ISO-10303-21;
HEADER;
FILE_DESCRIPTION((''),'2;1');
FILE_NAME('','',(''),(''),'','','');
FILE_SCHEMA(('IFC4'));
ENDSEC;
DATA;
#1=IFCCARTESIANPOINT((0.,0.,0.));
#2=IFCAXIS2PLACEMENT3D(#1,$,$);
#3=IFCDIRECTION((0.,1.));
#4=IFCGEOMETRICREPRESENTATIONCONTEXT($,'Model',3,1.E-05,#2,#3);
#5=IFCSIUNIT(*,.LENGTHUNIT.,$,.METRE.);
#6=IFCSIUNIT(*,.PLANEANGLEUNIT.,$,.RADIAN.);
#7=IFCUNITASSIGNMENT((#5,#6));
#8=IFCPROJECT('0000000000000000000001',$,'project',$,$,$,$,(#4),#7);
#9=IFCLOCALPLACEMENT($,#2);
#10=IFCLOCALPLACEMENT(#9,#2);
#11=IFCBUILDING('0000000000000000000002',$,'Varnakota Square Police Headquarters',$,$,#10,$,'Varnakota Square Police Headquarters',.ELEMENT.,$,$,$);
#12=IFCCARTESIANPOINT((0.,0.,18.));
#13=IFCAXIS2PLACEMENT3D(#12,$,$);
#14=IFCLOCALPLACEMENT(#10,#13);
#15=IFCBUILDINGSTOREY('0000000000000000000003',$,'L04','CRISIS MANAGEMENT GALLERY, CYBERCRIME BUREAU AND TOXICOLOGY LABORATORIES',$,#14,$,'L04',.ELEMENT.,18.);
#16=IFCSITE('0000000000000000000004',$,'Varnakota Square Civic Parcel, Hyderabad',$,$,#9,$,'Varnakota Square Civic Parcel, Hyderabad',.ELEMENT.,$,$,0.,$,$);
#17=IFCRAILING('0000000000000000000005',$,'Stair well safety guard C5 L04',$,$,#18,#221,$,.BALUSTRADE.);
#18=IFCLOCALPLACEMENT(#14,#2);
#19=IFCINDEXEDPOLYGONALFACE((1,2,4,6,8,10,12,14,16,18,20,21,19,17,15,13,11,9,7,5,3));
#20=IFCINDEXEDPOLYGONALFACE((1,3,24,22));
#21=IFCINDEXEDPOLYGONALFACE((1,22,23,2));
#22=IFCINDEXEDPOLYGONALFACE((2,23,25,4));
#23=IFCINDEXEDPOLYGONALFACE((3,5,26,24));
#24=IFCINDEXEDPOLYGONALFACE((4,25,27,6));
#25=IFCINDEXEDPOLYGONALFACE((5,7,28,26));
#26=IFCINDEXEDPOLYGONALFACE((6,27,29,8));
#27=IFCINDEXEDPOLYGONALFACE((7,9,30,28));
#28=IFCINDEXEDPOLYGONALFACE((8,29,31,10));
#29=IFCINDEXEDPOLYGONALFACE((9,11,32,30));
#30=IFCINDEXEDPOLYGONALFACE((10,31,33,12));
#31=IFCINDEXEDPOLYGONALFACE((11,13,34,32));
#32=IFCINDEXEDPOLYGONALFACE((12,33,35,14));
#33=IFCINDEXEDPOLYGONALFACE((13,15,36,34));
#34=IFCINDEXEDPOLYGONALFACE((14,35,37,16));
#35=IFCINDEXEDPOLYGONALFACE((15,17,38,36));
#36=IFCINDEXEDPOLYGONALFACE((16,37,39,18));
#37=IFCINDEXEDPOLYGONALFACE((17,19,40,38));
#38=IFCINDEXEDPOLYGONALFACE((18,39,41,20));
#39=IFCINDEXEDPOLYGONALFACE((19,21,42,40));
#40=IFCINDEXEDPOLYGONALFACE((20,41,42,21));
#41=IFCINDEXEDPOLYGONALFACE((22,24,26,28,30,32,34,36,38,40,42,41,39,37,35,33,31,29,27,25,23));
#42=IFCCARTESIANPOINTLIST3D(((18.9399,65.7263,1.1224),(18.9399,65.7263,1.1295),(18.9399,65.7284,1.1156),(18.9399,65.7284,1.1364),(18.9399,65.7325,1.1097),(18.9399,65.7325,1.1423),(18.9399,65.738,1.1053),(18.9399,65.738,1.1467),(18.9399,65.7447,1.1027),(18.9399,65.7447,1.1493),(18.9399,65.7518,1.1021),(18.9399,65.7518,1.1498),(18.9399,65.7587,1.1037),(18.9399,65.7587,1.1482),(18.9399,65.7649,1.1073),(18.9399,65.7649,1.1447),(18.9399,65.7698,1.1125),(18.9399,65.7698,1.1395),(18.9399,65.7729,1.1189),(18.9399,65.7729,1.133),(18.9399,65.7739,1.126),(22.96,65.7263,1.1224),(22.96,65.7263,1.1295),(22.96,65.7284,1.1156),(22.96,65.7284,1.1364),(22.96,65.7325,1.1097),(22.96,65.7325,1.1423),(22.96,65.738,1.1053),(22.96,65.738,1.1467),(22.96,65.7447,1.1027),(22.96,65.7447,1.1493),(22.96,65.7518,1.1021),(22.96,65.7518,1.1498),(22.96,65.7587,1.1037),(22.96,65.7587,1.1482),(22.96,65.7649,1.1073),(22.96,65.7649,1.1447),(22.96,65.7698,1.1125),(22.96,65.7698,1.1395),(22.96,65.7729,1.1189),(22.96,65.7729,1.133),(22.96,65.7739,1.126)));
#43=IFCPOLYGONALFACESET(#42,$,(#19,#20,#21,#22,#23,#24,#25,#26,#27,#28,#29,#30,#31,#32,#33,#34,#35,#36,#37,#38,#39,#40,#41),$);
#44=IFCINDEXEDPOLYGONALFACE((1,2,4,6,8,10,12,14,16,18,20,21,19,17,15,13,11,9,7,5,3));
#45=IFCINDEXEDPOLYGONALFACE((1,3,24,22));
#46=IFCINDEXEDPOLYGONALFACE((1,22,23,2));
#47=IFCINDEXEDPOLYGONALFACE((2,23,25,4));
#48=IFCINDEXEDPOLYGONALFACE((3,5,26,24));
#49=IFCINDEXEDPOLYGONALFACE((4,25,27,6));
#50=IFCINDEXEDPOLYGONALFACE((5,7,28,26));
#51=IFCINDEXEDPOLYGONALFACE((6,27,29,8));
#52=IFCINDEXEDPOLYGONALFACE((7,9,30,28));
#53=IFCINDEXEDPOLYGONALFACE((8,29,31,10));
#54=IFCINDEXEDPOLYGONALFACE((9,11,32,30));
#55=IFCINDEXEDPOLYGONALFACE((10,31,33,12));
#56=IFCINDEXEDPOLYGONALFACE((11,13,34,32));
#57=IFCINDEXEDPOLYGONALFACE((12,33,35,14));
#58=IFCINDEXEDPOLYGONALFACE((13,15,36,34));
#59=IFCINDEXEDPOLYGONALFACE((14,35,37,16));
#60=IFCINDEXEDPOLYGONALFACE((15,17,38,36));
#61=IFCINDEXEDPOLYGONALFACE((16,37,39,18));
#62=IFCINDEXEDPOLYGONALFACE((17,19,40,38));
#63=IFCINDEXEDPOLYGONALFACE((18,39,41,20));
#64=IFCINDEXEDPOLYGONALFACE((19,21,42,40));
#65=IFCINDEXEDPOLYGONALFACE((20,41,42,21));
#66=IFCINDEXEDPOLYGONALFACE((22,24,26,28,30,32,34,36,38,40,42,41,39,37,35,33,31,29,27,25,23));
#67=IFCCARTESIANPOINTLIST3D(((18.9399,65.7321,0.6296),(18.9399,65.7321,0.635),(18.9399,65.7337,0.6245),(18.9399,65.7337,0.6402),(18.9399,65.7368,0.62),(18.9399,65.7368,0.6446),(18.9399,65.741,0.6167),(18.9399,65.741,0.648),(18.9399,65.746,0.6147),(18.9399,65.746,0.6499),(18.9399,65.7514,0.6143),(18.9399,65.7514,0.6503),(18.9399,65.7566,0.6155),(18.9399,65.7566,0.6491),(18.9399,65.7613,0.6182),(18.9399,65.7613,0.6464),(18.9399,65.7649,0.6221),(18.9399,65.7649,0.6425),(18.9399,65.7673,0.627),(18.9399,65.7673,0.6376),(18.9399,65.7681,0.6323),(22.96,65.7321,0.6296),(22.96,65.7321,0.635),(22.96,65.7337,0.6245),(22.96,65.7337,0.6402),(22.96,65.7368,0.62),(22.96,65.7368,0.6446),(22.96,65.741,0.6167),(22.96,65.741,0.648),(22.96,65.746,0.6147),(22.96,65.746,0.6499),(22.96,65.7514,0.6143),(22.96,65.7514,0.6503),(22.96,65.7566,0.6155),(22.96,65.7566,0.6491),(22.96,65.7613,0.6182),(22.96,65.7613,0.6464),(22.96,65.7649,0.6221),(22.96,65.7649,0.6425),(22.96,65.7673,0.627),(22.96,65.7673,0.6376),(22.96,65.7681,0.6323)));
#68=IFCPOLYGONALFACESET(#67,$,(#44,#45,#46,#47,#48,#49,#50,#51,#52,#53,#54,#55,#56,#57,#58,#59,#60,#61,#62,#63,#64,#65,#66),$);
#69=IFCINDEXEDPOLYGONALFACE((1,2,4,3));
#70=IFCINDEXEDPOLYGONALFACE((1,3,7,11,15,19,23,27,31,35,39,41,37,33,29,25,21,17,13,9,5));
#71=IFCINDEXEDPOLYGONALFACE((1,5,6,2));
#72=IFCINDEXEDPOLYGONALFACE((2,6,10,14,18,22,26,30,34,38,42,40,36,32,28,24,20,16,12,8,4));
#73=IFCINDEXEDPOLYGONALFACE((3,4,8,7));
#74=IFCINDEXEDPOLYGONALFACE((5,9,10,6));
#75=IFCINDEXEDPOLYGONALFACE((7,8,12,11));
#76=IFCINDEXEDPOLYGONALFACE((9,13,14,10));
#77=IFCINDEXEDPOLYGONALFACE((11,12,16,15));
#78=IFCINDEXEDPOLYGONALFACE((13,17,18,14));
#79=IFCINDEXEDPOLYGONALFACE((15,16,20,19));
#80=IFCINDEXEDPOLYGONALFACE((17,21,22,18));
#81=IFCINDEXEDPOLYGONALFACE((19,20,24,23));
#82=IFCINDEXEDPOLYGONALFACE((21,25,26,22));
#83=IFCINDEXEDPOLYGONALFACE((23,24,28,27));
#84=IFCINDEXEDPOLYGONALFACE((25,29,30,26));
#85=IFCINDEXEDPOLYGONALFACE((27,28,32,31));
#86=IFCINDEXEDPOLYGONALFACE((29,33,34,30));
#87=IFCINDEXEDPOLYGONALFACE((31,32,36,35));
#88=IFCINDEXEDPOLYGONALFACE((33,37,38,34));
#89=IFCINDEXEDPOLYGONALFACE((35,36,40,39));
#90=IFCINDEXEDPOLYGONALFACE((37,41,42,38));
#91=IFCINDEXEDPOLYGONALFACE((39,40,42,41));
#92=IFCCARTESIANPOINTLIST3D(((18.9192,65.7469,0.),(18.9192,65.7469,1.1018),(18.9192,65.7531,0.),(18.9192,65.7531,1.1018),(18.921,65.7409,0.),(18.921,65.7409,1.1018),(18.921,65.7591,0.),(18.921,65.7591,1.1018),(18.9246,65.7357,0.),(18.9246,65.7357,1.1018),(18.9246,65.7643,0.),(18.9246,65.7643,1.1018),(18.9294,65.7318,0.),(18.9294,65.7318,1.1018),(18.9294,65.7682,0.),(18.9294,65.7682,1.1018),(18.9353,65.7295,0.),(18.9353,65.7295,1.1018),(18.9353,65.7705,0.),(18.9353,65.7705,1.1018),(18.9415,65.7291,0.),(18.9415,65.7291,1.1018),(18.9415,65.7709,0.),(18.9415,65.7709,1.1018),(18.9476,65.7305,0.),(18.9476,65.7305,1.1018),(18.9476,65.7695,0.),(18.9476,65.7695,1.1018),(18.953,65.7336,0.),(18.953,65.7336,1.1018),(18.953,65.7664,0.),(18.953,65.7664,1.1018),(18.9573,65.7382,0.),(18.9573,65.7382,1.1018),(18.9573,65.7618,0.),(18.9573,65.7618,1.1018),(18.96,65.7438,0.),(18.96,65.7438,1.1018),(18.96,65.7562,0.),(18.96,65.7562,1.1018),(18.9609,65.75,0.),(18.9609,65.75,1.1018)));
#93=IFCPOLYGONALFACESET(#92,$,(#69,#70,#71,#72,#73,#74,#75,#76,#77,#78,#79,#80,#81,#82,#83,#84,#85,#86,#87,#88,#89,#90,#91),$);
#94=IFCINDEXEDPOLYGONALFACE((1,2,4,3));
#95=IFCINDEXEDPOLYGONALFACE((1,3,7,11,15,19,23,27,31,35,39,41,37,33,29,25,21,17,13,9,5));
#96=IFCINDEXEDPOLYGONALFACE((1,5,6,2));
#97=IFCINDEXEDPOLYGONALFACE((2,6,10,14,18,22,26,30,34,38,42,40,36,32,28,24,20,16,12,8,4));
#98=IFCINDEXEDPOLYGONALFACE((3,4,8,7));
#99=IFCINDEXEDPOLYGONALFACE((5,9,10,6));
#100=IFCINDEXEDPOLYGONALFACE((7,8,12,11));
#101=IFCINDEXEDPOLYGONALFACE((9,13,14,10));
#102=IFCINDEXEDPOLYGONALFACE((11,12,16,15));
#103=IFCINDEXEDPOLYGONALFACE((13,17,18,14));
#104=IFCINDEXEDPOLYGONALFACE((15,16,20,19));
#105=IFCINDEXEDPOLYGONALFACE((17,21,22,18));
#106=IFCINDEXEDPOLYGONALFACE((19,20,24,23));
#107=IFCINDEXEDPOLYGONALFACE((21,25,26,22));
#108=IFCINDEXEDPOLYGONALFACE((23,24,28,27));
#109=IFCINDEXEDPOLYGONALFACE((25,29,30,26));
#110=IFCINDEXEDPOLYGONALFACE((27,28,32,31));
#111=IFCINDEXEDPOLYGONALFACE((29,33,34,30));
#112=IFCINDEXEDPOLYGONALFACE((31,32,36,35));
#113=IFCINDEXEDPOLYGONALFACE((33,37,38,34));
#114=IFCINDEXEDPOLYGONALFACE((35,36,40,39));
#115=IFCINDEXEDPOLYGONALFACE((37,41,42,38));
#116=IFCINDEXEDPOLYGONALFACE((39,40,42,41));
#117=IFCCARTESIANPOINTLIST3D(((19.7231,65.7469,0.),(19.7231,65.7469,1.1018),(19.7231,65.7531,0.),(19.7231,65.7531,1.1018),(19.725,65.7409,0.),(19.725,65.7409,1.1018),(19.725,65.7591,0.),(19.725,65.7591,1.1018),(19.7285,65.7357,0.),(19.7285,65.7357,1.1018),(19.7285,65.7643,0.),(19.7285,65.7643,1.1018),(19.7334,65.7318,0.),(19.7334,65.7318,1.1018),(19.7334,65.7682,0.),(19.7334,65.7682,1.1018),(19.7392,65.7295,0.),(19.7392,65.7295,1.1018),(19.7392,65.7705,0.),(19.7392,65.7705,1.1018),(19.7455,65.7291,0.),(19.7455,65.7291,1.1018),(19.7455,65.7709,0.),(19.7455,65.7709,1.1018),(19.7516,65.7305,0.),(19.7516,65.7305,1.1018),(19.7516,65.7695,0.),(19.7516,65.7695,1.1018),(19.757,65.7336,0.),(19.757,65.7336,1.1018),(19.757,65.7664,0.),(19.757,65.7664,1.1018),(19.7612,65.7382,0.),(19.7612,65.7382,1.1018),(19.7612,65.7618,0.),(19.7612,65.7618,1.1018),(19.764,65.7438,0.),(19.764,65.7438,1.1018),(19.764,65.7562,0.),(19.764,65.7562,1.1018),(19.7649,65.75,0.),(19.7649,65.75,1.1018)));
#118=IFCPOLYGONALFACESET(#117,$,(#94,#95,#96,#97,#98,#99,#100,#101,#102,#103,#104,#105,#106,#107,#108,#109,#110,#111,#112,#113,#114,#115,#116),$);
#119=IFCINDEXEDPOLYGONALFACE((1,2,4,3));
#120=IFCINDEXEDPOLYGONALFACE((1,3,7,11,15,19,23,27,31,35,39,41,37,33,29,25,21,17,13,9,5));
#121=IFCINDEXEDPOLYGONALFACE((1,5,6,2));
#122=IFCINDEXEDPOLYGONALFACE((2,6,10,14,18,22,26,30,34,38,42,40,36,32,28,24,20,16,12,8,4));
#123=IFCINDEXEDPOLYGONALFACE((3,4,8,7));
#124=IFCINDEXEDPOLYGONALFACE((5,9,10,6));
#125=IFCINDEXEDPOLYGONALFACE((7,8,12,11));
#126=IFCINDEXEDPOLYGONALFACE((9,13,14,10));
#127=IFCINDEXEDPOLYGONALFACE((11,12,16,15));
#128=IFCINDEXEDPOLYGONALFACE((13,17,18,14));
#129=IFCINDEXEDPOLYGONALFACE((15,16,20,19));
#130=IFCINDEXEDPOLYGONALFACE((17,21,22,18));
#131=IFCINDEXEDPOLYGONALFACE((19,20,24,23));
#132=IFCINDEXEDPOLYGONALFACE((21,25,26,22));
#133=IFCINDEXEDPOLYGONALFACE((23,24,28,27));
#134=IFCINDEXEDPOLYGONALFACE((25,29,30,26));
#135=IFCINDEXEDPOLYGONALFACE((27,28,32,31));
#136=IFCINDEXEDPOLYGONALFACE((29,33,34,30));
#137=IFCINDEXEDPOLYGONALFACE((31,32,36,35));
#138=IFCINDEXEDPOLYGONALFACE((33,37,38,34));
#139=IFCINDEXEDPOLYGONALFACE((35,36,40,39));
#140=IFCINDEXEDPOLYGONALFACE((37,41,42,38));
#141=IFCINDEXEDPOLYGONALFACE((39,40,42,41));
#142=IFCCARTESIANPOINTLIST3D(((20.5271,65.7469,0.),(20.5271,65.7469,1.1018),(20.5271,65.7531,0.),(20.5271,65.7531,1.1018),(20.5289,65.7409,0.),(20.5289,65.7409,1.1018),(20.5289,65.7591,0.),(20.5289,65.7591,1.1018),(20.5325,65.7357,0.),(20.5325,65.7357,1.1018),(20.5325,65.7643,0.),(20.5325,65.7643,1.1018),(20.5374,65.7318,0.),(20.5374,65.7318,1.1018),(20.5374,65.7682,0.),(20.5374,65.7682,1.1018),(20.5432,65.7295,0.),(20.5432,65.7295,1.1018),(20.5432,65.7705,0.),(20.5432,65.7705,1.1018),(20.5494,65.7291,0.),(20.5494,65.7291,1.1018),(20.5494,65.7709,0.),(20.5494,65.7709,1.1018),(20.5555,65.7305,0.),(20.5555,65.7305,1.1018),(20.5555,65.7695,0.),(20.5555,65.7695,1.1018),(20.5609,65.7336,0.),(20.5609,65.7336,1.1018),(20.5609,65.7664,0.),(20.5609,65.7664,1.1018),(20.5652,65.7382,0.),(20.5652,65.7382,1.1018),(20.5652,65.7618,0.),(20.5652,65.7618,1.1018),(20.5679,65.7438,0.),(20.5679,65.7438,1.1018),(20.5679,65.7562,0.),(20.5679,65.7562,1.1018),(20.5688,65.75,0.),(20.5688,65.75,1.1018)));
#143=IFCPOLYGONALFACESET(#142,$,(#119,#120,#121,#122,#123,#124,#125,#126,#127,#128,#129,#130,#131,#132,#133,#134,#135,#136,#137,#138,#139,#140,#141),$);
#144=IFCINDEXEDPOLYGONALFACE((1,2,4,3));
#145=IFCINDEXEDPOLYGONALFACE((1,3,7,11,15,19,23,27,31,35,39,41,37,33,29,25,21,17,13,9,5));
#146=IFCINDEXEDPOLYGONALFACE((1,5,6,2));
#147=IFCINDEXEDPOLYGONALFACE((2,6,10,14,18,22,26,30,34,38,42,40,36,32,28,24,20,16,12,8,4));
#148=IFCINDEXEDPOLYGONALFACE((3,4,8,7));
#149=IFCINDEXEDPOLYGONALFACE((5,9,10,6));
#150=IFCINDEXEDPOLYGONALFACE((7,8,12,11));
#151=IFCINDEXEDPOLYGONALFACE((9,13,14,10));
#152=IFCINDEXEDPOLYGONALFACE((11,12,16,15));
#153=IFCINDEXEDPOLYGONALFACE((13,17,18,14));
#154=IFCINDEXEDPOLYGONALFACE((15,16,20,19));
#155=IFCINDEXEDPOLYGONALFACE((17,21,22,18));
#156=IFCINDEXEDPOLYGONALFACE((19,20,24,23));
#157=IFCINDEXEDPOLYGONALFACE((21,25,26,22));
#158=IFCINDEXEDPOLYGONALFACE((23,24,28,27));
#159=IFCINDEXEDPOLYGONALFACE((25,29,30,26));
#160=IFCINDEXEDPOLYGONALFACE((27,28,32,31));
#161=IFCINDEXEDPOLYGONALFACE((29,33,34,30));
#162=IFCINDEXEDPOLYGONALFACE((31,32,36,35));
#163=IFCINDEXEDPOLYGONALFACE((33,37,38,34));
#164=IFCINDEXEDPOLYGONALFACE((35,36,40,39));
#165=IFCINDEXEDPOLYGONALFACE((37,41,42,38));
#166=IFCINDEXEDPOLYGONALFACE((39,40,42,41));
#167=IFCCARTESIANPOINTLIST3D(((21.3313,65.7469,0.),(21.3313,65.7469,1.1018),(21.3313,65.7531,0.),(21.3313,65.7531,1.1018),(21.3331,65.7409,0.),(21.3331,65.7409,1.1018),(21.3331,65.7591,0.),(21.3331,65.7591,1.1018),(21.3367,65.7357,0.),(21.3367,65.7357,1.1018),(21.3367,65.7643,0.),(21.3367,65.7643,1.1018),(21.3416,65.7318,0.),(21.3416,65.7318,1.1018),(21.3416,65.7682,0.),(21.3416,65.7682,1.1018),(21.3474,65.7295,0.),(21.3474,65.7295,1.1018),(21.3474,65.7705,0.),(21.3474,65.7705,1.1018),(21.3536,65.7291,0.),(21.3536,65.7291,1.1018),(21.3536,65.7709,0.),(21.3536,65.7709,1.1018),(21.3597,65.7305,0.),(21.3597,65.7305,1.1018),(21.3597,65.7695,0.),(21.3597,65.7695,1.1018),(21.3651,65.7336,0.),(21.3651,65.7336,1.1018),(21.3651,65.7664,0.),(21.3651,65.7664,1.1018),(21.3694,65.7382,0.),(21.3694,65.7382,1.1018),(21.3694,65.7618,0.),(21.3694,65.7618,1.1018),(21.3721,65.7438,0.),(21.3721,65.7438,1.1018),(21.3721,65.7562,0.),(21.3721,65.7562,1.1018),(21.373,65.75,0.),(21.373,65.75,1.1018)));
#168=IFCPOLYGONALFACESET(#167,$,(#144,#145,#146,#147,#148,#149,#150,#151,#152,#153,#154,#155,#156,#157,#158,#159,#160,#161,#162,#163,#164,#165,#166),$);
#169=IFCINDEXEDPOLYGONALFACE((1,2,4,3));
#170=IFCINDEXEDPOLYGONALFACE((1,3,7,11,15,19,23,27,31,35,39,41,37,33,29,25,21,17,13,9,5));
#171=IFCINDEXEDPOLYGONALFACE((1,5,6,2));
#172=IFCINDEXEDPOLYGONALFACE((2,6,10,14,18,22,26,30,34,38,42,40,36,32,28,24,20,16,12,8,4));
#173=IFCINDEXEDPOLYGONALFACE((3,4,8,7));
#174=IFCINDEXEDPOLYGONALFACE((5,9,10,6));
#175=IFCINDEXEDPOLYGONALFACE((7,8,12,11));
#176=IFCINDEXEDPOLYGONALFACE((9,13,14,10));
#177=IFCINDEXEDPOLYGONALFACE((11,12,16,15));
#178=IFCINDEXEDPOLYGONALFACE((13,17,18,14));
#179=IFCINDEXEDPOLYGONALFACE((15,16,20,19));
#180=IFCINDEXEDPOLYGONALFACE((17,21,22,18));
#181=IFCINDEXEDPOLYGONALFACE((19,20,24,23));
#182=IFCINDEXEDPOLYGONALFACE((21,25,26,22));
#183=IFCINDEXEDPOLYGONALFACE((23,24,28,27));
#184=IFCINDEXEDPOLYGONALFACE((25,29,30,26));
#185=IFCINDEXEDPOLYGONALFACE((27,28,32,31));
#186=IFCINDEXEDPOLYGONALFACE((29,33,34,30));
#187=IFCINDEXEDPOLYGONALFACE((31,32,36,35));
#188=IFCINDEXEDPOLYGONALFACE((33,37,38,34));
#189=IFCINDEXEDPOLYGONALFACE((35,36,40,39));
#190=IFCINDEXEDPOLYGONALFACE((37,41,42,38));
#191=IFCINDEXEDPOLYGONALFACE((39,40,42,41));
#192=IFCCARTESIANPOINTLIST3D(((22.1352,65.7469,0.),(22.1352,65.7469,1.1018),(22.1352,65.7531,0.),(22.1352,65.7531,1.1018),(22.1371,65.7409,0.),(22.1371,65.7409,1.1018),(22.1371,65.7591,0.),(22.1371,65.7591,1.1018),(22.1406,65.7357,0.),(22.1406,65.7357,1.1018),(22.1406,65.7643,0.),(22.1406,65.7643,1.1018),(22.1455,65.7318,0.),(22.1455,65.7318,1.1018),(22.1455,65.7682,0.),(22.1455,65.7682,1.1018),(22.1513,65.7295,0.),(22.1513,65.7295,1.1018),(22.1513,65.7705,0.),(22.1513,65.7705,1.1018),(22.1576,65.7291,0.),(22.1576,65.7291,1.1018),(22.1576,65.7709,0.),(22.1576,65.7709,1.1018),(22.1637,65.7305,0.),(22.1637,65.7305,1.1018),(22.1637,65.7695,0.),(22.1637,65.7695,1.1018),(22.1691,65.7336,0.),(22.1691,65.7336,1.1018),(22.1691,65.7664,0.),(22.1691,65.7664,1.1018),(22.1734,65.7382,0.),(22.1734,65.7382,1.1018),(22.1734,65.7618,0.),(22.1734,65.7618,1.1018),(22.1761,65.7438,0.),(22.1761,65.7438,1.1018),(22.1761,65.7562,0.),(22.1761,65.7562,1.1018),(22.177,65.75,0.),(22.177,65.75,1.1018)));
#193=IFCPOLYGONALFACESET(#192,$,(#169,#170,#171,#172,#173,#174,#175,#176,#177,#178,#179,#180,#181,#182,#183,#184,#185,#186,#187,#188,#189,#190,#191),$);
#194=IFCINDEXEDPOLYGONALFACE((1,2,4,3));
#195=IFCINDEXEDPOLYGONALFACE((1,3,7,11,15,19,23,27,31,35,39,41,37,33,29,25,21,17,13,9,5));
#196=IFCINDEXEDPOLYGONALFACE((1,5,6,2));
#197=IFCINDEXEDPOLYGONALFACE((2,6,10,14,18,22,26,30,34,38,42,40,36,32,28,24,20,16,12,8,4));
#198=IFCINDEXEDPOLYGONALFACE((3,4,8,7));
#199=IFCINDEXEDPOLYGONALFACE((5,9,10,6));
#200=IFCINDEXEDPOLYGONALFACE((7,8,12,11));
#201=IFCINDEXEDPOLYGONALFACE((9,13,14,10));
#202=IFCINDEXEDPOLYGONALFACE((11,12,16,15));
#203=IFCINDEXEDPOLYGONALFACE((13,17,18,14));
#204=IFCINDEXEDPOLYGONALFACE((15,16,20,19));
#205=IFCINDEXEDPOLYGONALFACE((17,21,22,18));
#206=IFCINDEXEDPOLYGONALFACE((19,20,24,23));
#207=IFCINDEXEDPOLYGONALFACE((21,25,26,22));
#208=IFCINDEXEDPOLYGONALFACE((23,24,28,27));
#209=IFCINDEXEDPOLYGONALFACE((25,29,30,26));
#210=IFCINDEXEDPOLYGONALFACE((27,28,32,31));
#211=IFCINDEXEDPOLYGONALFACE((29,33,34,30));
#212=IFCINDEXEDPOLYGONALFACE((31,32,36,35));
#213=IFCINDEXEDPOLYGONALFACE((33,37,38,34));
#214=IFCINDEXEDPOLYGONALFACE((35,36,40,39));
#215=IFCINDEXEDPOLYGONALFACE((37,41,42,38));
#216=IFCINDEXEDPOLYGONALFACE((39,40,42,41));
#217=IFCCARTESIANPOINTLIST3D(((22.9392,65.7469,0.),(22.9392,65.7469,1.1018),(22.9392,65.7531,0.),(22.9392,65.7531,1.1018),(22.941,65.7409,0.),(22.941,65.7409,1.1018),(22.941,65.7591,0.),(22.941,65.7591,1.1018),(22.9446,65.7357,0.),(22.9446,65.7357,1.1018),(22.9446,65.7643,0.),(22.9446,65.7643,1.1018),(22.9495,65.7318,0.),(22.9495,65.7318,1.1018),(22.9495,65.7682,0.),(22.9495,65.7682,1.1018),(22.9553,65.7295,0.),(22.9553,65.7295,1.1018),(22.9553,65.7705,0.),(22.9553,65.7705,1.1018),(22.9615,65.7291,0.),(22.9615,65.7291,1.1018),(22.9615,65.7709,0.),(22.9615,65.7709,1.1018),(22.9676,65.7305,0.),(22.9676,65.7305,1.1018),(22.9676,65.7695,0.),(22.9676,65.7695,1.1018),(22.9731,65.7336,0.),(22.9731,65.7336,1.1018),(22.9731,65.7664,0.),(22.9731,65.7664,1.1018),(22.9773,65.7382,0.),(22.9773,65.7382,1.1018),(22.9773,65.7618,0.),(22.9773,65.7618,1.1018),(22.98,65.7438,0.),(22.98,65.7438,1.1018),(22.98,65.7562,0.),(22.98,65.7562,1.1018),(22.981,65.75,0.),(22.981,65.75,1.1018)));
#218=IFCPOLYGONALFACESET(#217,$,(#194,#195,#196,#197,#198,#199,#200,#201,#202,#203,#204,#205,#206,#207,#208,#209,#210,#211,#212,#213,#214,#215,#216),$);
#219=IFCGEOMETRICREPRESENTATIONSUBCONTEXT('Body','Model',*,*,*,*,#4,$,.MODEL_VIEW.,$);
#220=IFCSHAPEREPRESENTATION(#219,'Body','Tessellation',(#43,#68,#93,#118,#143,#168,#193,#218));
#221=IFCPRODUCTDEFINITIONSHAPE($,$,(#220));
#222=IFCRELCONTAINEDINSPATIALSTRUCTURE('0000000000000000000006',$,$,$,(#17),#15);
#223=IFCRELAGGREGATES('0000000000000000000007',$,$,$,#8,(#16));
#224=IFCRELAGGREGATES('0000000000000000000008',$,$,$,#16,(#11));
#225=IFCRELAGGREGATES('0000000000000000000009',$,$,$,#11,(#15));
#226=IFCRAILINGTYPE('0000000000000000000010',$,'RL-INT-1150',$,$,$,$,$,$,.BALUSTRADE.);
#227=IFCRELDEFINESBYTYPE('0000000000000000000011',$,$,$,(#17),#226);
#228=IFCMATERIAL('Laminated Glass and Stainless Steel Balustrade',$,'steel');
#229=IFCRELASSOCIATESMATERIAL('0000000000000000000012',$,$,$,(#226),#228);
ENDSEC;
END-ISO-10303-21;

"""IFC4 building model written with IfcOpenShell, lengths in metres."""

from ifc_helpers import new_model, si_unit, direction, frame, origin, origin_2d, place, context, subcontext, project, spatial, circle, extrude, material, type_object, element, save


model = new_model("IFC4")

# Units and contexts
model_context = context("Model", 3, precision=1e-05, world=origin(), true_north=direction((0.0, 1.0)))
body_context = subcontext(model_context, "Body", "Model", "MODEL_VIEW")
ifc_project = project(units=[si_unit("LENGTHUNIT", "METRE"), si_unit("PLANEANGLEUNIT", "RADIAN")], contexts=[model_context])

# Site, building, storey
site_placement = place(None, origin())
site = spatial("IfcSite", under=ifc_project, at=site_placement, Name="Varnakota Square Civic Parcel, Hyderabad", LongName="Varnakota Square Civic Parcel, Hyderabad", CompositionType="ELEMENT", RefElevation=0.0)
building_placement = place(site_placement, origin())
building = spatial("IfcBuilding", under=site, at=building_placement, Name="Varnakota Square Police Headquarters", LongName="Varnakota Square Police Headquarters", CompositionType="ELEMENT")
storey_placement = place(building_placement, frame((0.0, 0.0, 18.0)))
storey = spatial("IfcBuildingStorey", under=building, at=storey_placement, Name="L04", Description="CRISIS MANAGEMENT GALLERY, CYBERCRIME BUREAU AND TOXICOLOGY LABORATORIES", LongName="L04", CompositionType="ELEMENT", Elevation=18.0)

# Railing
ifc_material_1 = material(Name="Laminated Glass and Stainless Steel Balustrade", Category="steel")
railing_type_1 = type_object("IfcRailingType", Name="RL-INT-1150", PredefinedType="BALUSTRADE", material=ifc_material_1)
railing_1_placement = place(storey_placement, frame((18.9399, 65.75, 0.0)))
element("IfcRailing", 1, at=railing_1_placement, inside=storey, type_object=railing_type_1, Name="Stair well safety guard C5 L04", PredefinedType="BALUSTRADE", context=body_context, shape_type="SweptSolid", body=[
    extrude(circle(Radius=0.0239, at=origin_2d()), frame((0.0, 0.0, 1.126), z_axis=(1.0, 0.0, 0.0), x_axis=(0.0, 1.0, 0.0)), (0.0, 0.0, 1.0), 4.02),
    extrude(circle(Radius=0.0181, at=origin_2d()), frame((0.0, 0.0, 0.6323), z_axis=(1.0, 0.0, 0.0), x_axis=(0.0, 1.0, 0.0)), (0.0, 0.0, 1.0), 4.02),
    extrude(circle(Radius=0.021, at=origin_2d()), origin(), (0.0, 0.0, 1.0), 1.1018),
    extrude(circle(Radius=0.021, at=origin_2d()), frame((0.804, 0.0, 0.0)), (0.0, 0.0, 1.0), 1.1018),
    extrude(circle(Radius=0.021, at=origin_2d()), frame((1.6079, 0.0, 0.0)), (0.0, 0.0, 1.0), 1.1018),
    extrude(circle(Radius=0.021, at=origin_2d()), frame((2.4121, 0.0, 0.0)), (0.0, 0.0, 1.0), 1.1018),
    extrude(circle(Radius=0.021, at=origin_2d()), frame((3.2161, 0.0, 0.0)), (0.0, 0.0, 1.0), 1.1018),
    extrude(circle(Radius=0.021, at=origin_2d()), frame((4.02, 0.0, 0.0)), (0.0, 0.0, 1.0), 1.1018),
])

save(model, "model.ifc")
